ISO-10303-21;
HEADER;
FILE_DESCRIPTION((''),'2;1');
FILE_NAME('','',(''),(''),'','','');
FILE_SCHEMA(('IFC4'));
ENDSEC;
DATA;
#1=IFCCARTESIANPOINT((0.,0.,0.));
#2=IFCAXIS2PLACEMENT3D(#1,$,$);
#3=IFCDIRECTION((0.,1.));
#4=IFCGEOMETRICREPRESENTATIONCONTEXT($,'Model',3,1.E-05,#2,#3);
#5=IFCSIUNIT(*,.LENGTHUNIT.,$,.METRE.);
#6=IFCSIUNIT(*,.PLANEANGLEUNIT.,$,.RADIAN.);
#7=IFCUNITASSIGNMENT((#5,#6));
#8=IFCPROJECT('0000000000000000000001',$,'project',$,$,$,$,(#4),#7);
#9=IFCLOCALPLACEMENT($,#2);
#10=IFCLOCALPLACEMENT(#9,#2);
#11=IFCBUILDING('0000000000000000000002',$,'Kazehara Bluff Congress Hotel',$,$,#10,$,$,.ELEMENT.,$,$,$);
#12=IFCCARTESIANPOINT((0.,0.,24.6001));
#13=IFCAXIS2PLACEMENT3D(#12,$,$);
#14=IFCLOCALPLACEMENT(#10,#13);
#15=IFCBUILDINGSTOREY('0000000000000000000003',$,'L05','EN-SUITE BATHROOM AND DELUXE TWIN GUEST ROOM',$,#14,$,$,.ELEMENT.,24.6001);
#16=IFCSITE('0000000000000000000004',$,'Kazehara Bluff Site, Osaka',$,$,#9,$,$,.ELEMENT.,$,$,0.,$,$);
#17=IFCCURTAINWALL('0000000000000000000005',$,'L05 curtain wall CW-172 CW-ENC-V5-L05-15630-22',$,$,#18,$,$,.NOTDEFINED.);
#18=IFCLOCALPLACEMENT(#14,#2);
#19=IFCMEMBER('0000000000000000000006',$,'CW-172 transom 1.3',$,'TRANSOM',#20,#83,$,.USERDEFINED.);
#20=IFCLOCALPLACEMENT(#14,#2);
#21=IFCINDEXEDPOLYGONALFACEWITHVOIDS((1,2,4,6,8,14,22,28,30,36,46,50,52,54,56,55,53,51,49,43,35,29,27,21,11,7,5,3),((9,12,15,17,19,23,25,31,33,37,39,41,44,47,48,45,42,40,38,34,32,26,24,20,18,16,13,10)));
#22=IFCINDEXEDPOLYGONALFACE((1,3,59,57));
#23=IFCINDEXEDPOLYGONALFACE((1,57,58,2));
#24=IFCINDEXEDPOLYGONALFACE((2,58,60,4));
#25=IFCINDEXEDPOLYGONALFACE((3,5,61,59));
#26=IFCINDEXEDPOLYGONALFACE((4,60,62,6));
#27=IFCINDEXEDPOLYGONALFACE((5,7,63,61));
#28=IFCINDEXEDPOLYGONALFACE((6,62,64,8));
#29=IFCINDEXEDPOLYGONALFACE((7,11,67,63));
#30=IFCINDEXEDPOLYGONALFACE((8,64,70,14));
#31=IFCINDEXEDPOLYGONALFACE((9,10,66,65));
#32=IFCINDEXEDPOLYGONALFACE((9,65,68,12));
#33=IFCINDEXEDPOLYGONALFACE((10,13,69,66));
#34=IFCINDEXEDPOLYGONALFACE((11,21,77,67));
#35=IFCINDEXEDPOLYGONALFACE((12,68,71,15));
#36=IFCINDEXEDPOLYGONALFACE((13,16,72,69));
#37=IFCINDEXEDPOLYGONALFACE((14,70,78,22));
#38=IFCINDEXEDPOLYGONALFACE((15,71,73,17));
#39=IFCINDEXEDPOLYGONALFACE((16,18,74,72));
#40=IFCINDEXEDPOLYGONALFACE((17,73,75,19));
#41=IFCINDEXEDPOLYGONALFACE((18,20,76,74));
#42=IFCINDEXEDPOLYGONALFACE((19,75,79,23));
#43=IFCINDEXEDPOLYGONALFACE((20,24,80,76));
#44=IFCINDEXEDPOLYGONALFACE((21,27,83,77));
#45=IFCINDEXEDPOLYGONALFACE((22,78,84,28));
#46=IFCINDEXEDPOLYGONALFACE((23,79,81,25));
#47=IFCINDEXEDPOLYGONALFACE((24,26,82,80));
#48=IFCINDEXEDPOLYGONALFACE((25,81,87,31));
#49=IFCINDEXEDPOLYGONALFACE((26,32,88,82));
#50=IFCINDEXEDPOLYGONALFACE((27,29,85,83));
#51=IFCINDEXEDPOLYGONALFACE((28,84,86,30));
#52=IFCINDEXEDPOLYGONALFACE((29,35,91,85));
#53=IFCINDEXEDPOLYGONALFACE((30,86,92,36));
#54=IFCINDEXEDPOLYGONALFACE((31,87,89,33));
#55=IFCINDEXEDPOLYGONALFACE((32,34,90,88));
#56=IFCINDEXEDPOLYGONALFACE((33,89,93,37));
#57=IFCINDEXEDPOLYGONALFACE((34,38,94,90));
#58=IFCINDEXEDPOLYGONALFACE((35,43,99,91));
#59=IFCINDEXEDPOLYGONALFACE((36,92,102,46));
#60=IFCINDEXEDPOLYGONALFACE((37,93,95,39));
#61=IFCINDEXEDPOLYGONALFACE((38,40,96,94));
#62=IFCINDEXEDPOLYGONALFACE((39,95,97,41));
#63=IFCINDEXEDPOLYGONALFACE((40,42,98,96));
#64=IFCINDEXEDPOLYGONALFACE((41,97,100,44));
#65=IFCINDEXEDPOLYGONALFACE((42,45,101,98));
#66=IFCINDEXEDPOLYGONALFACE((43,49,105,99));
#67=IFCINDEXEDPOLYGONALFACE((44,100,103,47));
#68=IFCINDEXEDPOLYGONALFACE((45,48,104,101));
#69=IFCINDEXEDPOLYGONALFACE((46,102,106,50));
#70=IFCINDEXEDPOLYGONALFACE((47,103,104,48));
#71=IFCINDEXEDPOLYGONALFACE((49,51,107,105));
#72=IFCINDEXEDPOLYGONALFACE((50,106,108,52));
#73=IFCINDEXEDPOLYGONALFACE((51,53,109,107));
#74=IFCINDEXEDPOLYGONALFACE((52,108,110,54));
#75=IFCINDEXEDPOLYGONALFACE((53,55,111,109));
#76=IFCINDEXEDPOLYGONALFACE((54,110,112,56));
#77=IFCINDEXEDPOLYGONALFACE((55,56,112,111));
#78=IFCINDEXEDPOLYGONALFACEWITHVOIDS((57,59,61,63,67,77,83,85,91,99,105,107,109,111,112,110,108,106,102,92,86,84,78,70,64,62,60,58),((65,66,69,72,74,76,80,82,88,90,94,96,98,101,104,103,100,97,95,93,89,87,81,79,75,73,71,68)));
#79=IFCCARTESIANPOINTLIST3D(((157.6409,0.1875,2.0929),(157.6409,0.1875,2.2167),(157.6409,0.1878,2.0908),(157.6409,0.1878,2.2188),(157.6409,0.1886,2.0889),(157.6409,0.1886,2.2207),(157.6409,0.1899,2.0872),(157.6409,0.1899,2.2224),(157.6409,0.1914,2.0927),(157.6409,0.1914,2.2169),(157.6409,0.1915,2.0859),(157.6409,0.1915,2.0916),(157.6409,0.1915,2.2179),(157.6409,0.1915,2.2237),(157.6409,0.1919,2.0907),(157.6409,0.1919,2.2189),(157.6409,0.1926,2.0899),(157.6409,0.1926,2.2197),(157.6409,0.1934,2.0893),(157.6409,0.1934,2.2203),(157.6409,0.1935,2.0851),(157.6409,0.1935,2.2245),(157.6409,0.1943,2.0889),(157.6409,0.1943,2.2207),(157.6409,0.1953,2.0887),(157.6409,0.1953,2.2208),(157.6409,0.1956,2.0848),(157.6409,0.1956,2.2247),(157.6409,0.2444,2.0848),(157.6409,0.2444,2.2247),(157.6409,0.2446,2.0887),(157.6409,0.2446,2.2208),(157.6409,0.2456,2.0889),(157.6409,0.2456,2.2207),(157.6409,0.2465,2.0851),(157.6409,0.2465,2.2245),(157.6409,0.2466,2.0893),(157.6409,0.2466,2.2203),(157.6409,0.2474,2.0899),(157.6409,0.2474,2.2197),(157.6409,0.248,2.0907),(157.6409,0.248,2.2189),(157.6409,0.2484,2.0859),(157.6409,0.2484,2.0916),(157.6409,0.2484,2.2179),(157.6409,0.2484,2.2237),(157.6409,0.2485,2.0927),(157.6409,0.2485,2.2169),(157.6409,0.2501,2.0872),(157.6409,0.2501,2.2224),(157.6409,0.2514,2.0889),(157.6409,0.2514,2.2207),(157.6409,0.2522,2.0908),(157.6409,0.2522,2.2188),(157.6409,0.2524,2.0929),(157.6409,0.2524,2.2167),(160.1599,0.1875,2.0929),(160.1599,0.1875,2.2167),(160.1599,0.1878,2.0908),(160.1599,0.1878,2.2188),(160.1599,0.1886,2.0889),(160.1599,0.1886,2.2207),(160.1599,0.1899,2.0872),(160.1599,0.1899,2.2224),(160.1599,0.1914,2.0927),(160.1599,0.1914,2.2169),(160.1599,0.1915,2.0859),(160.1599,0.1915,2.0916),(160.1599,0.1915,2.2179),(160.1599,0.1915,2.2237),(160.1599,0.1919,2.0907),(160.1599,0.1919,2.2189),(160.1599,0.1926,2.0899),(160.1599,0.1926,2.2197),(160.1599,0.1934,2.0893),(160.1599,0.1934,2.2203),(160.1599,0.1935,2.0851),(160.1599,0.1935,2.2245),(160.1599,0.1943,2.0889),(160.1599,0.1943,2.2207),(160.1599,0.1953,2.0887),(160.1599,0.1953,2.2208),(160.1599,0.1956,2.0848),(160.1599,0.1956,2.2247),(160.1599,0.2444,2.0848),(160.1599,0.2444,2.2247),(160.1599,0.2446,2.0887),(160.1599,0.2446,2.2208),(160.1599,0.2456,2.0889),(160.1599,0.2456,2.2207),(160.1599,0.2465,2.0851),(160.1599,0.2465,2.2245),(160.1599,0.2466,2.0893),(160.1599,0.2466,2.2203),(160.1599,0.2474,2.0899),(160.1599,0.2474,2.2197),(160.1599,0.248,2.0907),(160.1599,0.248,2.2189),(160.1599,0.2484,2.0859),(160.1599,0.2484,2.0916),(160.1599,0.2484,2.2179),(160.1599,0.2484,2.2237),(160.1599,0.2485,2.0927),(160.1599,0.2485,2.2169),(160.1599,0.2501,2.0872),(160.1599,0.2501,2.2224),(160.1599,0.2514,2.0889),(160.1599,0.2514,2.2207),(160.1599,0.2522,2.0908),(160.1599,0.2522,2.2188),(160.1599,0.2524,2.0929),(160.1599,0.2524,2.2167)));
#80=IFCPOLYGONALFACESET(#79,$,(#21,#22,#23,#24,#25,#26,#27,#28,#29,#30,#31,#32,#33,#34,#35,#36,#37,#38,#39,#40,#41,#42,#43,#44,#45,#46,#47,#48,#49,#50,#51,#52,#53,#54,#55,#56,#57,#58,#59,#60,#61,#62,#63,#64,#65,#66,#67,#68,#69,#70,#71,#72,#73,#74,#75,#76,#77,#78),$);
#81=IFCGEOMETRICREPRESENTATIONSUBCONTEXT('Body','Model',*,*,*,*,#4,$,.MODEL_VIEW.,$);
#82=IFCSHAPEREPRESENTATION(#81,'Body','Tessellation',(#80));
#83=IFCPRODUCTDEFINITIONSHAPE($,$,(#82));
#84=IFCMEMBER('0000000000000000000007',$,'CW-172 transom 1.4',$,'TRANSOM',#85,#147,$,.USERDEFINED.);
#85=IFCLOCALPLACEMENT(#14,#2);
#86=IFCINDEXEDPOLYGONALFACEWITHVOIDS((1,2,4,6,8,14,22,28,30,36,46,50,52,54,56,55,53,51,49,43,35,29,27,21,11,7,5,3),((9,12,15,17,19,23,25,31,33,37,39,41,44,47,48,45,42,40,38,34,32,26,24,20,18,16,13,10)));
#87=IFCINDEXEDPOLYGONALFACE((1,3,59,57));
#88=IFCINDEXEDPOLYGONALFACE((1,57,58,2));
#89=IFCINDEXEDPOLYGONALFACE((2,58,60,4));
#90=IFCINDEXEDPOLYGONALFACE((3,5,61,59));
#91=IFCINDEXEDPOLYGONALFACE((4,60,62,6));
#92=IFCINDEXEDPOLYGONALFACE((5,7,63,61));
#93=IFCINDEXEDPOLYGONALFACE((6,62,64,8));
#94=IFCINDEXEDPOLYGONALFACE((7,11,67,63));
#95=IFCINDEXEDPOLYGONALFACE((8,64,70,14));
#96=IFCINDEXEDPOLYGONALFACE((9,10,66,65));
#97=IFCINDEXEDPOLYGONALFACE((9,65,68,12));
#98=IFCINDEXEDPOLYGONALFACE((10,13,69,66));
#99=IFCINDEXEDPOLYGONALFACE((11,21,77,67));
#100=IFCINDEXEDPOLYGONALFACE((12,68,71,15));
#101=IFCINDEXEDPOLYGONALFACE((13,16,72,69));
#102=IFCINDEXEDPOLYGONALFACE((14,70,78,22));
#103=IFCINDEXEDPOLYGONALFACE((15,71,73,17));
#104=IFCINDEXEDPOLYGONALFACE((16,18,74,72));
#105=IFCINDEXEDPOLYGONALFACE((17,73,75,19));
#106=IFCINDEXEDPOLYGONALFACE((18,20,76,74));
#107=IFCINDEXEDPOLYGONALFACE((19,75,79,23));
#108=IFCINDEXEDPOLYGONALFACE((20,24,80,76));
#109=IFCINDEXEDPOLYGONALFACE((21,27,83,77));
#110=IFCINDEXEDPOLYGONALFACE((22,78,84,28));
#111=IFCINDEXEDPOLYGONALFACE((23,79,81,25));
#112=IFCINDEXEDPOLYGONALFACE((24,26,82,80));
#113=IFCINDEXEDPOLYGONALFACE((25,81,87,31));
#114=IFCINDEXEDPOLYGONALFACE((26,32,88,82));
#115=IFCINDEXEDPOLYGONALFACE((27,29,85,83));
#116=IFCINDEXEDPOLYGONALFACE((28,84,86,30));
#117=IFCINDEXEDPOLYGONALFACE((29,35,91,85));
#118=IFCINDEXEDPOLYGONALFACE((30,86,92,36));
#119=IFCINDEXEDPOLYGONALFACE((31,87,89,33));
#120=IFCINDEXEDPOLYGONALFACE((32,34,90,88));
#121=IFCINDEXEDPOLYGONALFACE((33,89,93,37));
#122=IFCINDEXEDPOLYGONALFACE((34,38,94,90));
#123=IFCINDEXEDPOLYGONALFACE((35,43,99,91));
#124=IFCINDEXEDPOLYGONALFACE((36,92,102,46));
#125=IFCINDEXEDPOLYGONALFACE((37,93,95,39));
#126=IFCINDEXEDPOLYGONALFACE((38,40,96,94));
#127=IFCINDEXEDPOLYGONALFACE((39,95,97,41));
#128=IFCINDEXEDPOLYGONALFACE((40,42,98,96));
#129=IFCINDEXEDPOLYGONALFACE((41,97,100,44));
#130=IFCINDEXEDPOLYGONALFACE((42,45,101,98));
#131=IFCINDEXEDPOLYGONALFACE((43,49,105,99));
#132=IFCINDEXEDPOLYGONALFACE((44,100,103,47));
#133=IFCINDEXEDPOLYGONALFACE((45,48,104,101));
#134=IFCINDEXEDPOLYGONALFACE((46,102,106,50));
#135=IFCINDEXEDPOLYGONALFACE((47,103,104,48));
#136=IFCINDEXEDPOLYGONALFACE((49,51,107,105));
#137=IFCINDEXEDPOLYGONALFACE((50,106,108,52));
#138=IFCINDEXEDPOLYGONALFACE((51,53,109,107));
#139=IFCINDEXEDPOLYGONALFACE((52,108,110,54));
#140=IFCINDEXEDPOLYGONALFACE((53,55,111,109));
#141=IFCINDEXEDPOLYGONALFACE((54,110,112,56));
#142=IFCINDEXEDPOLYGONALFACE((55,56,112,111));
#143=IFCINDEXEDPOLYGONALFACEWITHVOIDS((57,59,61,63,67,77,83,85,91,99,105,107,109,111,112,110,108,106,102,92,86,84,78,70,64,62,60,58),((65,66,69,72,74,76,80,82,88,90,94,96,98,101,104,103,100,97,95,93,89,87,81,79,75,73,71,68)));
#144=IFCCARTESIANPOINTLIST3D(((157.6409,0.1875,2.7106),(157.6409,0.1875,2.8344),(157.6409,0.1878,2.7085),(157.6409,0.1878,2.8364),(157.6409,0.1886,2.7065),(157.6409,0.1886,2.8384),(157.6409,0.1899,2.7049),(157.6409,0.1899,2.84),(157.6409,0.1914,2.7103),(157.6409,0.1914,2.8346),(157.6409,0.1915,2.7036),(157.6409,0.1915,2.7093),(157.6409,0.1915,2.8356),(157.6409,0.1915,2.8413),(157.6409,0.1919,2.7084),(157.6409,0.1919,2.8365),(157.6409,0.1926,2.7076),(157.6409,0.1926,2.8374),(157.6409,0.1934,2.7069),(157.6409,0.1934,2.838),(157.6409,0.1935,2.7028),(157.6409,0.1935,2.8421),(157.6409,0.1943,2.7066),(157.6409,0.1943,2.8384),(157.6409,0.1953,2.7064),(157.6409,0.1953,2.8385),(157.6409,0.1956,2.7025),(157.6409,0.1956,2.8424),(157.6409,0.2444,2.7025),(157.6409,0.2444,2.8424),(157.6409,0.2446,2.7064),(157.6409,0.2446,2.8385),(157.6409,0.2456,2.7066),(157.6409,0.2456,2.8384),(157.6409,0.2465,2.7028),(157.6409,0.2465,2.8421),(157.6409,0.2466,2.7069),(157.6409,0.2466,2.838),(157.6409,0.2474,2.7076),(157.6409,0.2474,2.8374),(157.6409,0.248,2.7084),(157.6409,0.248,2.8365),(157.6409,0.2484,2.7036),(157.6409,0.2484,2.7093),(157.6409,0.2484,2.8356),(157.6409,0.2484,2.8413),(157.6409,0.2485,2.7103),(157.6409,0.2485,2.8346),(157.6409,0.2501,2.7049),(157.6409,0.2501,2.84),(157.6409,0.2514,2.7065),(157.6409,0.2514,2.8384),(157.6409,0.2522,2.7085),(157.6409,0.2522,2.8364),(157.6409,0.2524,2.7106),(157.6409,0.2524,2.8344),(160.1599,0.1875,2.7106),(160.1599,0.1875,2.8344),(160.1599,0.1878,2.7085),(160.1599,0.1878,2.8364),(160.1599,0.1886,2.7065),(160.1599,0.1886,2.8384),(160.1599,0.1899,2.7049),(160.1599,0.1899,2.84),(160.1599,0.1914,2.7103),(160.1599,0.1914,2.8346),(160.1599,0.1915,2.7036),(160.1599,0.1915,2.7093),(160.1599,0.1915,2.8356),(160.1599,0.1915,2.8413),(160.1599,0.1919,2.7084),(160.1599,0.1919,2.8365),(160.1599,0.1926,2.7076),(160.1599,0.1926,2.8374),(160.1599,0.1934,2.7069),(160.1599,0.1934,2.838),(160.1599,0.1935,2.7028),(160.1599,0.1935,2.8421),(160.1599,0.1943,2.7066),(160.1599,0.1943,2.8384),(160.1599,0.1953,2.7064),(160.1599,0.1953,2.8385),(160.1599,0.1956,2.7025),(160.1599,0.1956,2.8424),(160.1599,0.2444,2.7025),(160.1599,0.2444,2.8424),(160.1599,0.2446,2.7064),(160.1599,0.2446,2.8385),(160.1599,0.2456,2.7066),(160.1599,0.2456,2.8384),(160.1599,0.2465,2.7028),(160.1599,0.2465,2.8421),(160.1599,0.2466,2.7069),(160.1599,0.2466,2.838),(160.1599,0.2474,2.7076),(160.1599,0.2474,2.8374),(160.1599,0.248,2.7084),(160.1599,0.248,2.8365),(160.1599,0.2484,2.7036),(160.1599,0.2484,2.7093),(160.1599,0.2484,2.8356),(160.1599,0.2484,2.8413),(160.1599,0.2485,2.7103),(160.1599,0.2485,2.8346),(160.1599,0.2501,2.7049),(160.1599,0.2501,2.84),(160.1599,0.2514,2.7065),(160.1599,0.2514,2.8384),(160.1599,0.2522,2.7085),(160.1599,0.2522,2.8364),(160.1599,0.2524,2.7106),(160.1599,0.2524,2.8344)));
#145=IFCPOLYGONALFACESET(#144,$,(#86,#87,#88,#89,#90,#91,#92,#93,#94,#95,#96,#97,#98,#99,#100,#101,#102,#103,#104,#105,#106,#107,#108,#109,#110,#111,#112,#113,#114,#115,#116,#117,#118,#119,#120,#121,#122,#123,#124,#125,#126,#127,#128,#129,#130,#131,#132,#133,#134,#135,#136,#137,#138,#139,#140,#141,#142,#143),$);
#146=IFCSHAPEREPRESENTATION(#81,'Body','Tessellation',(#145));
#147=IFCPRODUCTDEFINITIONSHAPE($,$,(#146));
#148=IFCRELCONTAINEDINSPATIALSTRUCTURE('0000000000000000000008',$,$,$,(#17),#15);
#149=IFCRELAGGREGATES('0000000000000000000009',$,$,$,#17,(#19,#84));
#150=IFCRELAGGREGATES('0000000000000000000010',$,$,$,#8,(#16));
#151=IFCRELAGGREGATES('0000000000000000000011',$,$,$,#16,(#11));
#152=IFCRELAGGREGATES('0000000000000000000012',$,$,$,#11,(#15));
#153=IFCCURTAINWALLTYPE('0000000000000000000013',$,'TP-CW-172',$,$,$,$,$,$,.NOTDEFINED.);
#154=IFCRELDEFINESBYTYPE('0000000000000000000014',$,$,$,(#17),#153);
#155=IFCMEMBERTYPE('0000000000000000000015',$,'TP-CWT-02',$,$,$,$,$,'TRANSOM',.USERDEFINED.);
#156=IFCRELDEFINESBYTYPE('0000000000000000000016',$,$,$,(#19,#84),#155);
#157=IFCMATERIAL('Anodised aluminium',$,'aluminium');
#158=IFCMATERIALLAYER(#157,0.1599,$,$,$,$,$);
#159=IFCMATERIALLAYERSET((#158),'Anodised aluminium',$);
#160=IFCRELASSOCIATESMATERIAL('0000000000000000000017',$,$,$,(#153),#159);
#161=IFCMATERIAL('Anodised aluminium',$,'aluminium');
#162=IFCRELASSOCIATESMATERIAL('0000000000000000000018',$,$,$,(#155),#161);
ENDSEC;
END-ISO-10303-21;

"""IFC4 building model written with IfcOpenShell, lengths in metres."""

from ifc_helpers import new_model, si_unit, direction, frame, origin, origin_2d, place, context, subcontext, project, spatial, hollow_rectangle, extrude, material, layer, layer_set, material_profile, profile_set, type_object, element, aggregate, save


model = new_model("IFC4")

# Units and contexts
model_context = context("Model", 3, precision=1e-05, world=origin(), true_north=direction((0.0, 1.0)))
body_context = subcontext(model_context, "Body", "Model", "MODEL_VIEW")
ifc_project = project(units=[si_unit("LENGTHUNIT", "METRE"), si_unit("PLANEANGLEUNIT", "RADIAN")], contexts=[model_context])

# Site, building, storey
site_placement = place(None, origin())
site = spatial("IfcSite", under=ifc_project, at=site_placement, Name="Kazehara Bluff Site, Osaka", CompositionType="ELEMENT", RefElevation=0.0)
building_placement = place(site_placement, origin())
building = spatial("IfcBuilding", under=site, at=building_placement, Name="Kazehara Bluff Congress Hotel", CompositionType="ELEMENT")
storey_placement = place(building_placement, frame((0.0, 0.0, 24.6001)))
storey = spatial("IfcBuildingStorey", under=building, at=storey_placement, Name="L05", Description="EN-SUITE BATHROOM AND DELUXE TWIN GUEST ROOM", CompositionType="ELEMENT", Elevation=24.6001)

# Curtain wall, members
ifc_material_1 = material(Name="Anodised aluminium", Category="aluminium")
ifc_layer_1 = layer(ifc_material_1, 0.1599)
ifc_layer_set_1 = layer_set([ifc_layer_1], Name="Anodised aluminium")
curtain_wall_type = type_object("IfcCurtainWallType", Name="TP-CW-172", PredefinedType="NOTDEFINED", material=ifc_layer_set_1)
curtain_wall_placement = place(storey_placement, origin())
curtain_wall = element("IfcCurtainWall", 1, at=curtain_wall_placement, inside=storey, type_object=curtain_wall_type, Name="L05 curtain wall CW-172 CW-ENC-V5-L05-15630-22", PredefinedType="NOTDEFINED")
ifc_material_2 = material(Name="Anodised aluminium", Category="aluminium")
ifc_material_profile_1 = material_profile(ifc_material_2, hollow_rectangle(XDim=0.0649, YDim=0.1399, WallThickness=0.0039, InnerFilletRadius=0.0039, OuterFilletRadius=0.0081, at=origin_2d()))
ifc_profile_set_1 = profile_set([ifc_material_profile_1], Name="Anodised aluminium")
member_type_1 = type_object("IfcMemberType", Name="TP-CWT-02", ElementType="TRANSOM", PredefinedType="USERDEFINED", material=ifc_profile_set_1)
member_1_placement = place(storey_placement, frame((160.1599, 0.22, 2.1548), z_axis=(-1.0, 0.0, 0.0), x_axis=(0.0, -1.0, 0.0)))
member_1 = element("IfcMember", 2, at=member_1_placement, type_object=member_type_1, Name="CW-172 transom 1.3", ObjectType="TRANSOM", PredefinedType="USERDEFINED", context=body_context, shape_type="SweptSolid", body=[
    extrude(hollow_rectangle(XDim=0.0649, YDim=0.1399, WallThickness=0.0039, InnerFilletRadius=0.0039, OuterFilletRadius=0.0081, at=origin_2d()), origin(), (0.0, 0.0, 1.0), 2.519),
])
member_2_placement = place(storey_placement, frame((160.1599, 0.22, 2.7725), z_axis=(-1.0, 0.0, 0.0), x_axis=(0.0, -1.0, 0.0)))
member_2 = element("IfcMember", 3, at=member_2_placement, type_object=member_type_1, Name="CW-172 transom 1.4", ObjectType="TRANSOM", PredefinedType="USERDEFINED", context=body_context, shape_type="SweptSolid", body=[
    extrude(hollow_rectangle(XDim=0.0649, YDim=0.1399, WallThickness=0.0039, InnerFilletRadius=0.0039, OuterFilletRadius=0.0081, at=origin_2d()), origin(), (0.0, 0.0, 1.0), 2.519),
])
aggregate(curtain_wall, [member_1, member_2])

save(model, "model.ifc")
